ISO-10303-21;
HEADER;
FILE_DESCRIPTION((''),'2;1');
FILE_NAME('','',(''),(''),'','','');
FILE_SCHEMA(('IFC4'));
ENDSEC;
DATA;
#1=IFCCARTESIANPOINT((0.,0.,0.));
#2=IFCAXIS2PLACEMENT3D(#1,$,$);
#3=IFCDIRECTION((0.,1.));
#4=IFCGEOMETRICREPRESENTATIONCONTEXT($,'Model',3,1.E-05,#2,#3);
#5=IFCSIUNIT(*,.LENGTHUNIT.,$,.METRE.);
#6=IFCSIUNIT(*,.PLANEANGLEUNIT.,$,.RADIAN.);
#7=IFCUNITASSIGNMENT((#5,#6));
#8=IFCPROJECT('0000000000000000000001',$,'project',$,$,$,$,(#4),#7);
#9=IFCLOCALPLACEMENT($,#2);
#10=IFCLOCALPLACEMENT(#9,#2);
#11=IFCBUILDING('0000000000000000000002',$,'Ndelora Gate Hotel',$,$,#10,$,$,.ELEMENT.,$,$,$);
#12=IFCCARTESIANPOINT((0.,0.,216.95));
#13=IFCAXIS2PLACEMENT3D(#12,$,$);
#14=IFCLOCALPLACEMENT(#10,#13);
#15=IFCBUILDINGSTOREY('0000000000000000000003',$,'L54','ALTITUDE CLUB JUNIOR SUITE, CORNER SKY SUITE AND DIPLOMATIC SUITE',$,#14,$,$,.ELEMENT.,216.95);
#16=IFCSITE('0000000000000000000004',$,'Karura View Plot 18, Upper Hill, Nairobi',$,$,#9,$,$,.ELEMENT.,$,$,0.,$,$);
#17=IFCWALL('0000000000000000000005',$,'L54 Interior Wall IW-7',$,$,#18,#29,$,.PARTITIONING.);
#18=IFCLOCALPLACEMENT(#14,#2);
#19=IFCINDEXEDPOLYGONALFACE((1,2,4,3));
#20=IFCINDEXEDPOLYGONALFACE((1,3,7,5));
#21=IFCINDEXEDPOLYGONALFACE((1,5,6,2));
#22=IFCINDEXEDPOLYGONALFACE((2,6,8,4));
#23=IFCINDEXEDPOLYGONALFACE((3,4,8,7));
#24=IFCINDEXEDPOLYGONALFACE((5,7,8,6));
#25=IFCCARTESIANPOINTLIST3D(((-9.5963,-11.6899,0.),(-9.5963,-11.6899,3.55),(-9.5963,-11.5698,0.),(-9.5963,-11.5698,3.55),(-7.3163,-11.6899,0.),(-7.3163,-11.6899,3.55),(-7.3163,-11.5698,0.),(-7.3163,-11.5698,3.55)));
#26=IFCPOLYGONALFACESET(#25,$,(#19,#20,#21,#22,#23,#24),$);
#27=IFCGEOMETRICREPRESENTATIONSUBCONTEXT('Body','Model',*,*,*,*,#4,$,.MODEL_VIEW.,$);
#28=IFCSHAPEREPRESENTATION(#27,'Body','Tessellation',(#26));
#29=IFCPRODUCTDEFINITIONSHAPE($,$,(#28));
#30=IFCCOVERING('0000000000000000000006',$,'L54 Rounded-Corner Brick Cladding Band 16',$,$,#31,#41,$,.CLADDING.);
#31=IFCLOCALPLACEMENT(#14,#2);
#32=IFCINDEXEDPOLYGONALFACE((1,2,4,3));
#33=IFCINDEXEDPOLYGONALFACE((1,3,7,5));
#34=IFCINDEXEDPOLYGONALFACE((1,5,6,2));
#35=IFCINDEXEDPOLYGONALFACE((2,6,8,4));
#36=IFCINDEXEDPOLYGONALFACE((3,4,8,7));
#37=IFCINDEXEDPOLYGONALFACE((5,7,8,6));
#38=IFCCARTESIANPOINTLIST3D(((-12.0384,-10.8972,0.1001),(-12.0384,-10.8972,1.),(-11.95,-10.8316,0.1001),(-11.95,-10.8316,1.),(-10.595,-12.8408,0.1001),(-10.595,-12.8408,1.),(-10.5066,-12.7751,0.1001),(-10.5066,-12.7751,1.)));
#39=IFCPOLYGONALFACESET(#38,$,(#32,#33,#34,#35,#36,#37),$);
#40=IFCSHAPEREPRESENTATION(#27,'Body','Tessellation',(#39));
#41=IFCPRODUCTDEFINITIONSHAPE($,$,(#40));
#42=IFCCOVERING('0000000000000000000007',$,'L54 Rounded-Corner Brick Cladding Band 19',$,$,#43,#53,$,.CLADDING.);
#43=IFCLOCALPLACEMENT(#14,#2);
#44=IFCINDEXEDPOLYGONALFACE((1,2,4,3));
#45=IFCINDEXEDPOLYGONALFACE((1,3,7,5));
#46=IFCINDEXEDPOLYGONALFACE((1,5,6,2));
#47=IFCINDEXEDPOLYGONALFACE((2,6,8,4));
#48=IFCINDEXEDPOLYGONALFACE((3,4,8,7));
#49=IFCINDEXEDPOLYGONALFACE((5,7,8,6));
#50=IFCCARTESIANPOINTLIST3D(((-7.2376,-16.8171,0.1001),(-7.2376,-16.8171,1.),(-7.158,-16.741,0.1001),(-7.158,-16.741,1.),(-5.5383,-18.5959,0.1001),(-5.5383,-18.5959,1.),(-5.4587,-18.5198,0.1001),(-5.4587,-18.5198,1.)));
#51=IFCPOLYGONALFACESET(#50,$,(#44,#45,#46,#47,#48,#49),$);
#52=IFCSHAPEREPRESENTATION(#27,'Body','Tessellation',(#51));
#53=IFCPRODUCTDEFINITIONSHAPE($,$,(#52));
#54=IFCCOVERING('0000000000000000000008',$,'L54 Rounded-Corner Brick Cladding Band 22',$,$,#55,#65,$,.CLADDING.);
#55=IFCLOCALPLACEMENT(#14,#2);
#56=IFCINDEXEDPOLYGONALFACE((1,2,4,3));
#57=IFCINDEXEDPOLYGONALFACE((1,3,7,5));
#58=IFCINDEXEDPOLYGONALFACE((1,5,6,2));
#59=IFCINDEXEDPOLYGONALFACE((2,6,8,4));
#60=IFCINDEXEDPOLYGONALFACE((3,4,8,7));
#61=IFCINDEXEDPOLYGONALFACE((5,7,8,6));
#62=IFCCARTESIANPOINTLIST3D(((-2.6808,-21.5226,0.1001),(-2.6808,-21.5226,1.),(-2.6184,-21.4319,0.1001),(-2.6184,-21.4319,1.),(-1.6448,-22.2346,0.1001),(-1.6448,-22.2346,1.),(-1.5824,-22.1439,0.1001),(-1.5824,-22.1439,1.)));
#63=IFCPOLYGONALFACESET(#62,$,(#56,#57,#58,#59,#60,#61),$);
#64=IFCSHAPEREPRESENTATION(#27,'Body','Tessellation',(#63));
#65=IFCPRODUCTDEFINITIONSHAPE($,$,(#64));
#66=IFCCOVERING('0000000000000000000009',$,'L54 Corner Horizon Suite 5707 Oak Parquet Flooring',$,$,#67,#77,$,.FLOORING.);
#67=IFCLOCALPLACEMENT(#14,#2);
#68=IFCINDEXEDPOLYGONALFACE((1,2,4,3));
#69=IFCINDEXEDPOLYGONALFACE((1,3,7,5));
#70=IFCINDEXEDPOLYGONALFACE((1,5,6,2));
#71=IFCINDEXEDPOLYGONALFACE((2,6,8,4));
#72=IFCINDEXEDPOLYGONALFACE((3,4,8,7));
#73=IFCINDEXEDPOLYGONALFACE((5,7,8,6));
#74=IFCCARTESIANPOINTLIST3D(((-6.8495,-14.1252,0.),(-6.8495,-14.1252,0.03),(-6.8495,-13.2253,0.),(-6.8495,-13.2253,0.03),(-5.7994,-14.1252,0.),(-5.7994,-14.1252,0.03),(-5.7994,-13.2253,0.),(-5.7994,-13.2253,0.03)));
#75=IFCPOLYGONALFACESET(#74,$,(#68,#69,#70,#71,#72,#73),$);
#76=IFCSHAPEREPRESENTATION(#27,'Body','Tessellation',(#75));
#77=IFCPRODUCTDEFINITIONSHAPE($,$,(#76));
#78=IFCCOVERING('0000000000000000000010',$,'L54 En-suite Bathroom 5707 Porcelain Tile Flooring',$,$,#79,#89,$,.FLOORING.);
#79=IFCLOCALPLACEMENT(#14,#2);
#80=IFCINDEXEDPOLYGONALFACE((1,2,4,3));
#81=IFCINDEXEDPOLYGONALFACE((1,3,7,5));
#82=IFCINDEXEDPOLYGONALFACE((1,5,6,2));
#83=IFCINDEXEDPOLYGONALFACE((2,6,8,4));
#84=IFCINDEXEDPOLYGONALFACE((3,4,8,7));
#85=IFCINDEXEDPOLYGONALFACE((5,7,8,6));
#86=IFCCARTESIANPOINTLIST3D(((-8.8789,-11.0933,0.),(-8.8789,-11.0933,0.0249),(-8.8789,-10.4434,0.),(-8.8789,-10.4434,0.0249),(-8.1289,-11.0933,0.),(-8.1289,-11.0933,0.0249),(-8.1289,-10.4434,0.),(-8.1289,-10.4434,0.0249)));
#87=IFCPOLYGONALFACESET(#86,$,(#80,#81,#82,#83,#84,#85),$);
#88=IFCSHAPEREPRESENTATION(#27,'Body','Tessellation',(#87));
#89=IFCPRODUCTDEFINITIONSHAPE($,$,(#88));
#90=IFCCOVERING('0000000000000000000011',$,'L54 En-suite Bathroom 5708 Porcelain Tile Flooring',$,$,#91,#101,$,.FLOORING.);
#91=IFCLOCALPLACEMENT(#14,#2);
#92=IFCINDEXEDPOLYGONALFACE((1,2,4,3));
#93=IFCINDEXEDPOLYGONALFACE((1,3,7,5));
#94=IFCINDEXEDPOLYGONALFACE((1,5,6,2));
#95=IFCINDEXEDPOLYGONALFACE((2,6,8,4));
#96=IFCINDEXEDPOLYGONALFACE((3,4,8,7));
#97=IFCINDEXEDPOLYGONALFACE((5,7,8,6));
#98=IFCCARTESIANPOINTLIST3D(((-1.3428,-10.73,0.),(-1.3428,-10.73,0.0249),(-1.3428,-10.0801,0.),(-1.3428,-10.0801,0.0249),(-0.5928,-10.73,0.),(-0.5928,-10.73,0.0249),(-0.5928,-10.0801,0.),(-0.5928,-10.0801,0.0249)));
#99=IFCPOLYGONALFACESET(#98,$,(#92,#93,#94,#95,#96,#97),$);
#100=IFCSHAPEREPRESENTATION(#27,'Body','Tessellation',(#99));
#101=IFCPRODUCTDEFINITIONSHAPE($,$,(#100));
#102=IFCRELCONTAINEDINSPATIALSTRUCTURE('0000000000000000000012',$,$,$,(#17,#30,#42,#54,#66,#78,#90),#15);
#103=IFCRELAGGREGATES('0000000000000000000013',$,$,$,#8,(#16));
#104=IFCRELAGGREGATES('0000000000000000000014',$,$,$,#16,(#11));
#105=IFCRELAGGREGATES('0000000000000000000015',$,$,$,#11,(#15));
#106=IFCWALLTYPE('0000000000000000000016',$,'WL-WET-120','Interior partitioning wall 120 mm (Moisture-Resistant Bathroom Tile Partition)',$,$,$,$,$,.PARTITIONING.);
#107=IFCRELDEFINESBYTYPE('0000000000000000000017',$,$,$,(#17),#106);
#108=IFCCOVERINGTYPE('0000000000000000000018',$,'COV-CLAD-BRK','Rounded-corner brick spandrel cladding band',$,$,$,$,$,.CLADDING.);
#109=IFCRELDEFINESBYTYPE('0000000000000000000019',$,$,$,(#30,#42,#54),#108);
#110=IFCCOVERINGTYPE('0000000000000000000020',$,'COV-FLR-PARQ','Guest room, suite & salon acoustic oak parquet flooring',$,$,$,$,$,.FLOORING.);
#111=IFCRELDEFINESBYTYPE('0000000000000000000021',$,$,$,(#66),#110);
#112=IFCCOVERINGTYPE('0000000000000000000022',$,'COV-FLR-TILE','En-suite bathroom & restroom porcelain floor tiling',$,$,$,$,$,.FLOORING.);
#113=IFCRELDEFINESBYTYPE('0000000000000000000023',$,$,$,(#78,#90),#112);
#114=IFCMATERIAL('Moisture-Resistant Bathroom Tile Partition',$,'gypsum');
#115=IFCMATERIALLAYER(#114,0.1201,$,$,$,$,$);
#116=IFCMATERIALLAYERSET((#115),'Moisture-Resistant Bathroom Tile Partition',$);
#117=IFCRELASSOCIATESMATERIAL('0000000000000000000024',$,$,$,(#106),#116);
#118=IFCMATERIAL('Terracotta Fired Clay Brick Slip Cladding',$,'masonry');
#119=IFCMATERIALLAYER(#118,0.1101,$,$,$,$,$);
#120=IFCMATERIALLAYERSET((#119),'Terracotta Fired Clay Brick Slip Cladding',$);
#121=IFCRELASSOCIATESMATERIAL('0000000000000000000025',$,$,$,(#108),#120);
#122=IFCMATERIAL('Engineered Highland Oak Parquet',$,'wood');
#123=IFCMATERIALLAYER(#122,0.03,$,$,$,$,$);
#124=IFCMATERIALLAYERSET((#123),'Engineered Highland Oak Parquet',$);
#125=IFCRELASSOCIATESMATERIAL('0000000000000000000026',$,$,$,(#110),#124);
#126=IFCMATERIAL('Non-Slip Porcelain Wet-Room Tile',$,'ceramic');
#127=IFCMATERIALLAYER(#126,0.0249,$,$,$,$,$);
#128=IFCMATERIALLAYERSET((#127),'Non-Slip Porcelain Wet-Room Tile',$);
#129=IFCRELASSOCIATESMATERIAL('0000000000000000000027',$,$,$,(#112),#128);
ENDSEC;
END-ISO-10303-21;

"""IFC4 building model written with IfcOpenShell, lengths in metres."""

from ifc_helpers import new_model, si_unit, direction, frame, frame_2d, origin, origin_2d, place, context, subcontext, project, spatial, rectangle, extrude, material, layer, layer_set, type_object, element, save


model = new_model("IFC4")

# Units and contexts
model_context = context("Model", 3, precision=1e-05, world=origin(), true_north=direction((0.0, 1.0)))
body_context = subcontext(model_context, "Body", "Model", "MODEL_VIEW")
ifc_project = project(units=[si_unit("LENGTHUNIT", "METRE"), si_unit("PLANEANGLEUNIT", "RADIAN")], contexts=[model_context])

# Site, building, storey
site_placement = place(None, origin())
site = spatial("IfcSite", under=ifc_project, at=site_placement, Name="Karura View Plot 18, Upper Hill, Nairobi", CompositionType="ELEMENT", RefElevation=0.0)
building_placement = place(site_placement, origin())
building = spatial("IfcBuilding", under=site, at=building_placement, Name="Ndelora Gate Hotel", CompositionType="ELEMENT")
storey_placement = place(building_placement, frame((0.0, 0.0, 216.95)))
storey = spatial("IfcBuildingStorey", under=building, at=storey_placement, Name="L54", Description="ALTITUDE CLUB JUNIOR SUITE, CORNER SKY SUITE AND DIPLOMATIC SUITE", CompositionType="ELEMENT", Elevation=216.95)

# Wall
ifc_material_1 = material(Name="Moisture-Resistant Bathroom Tile Partition", Category="gypsum")
ifc_layer_1 = layer(ifc_material_1, 0.1201)
ifc_layer_set_1 = layer_set([ifc_layer_1], Name="Moisture-Resistant Bathroom Tile Partition")
wall_type_1 = type_object("IfcWallType", Name="WL-WET-120", Description="Interior partitioning wall 120 mm (Moisture-Resistant Bathroom Tile Partition)", PredefinedType="PARTITIONING", material=ifc_layer_set_1)
wall_1_placement = place(storey_placement, frame((-7.3162, -11.6299, 0.0), z_axis=(0.0, 0.0, 1.0), x_axis=(-1.0, 0.0, 0.0)))
element("IfcWall", 1, at=wall_1_placement, inside=storey, type_object=wall_type_1, Name="L54 Interior Wall IW-7", PredefinedType="PARTITIONING", context=body_context, shape_type="SweptSolid", body=[
    extrude(rectangle(XDim=2.28, YDim=0.1201, at=frame_2d((1.1401, 0.0))), origin(), (0.0, 0.0, 1.0), 3.55),
])

# Coverings
ifc_material_2 = material(Name="Terracotta Fired Clay Brick Slip Cladding", Category="masonry")
ifc_layer_2 = layer(ifc_material_2, 0.1101)
ifc_layer_set_2 = layer_set([ifc_layer_2], Name="Terracotta Fired Clay Brick Slip Cladding")
covering_type_1 = type_object("IfcCoveringType", Name="COV-CLAD-BRK", Description="Rounded-corner brick spandrel cladding band", PredefinedType="CLADDING", material=ifc_layer_set_2)
covering_1_placement = place(storey_placement, frame((-11.2725, -11.8362, 0.1001), z_axis=(0.0, 0.0, 1.0), x_axis=(-0.596225, 0.802817, 0.0)))
element("IfcCovering", 2, at=covering_1_placement, inside=storey, type_object=covering_type_1, Name="L54 Rounded-Corner Brick Cladding Band 16", PredefinedType="CLADDING", context=body_context, shape_type="SweptSolid", body=[
    extrude(rectangle(XDim=2.4209, YDim=0.1101, at=origin_2d()), origin(), (0.0, 0.0, 1.0), 0.8999),
])
covering_2_placement = place(storey_placement, frame((-6.3481, -17.6685, 0.1001), z_axis=(0.0, 0.0, 1.0), x_axis=(-0.690756, 0.723088, 0.0)))
element("IfcCovering", 3, at=covering_2_placement, inside=storey, type_object=covering_type_1, Name="L54 Rounded-Corner Brick Cladding Band 19", PredefinedType="CLADDING", context=body_context, shape_type="SweptSolid", body=[
    extrude(rectangle(XDim=2.46, YDim=0.1101, at=origin_2d()), origin(), (0.0, 0.0, 1.0), 0.8999),
])
covering_3_placement = place(storey_placement, frame((-2.1316, -21.8333, 0.1001), z_axis=(0.0, 0.0, 1.0), x_axis=(-0.824126, 0.566406, 0.0)))
element("IfcCovering", 4, at=covering_3_placement, inside=storey, type_object=covering_type_1, Name="L54 Rounded-Corner Brick Cladding Band 22", PredefinedType="CLADDING", context=body_context, shape_type="SweptSolid", body=[
    extrude(rectangle(XDim=1.2571, YDim=0.1101, at=origin_2d()), origin(), (0.0, 0.0, 1.0), 0.8999),
])
ifc_material_3 = material(Name="Engineered Highland Oak Parquet", Category="wood")
ifc_layer_3 = layer(ifc_material_3, 0.03)
ifc_layer_set_3 = layer_set([ifc_layer_3], Name="Engineered Highland Oak Parquet")
covering_type_2 = type_object("IfcCoveringType", Name="COV-FLR-PARQ", Description="Guest room, suite & salon acoustic oak parquet flooring", PredefinedType="FLOORING", material=ifc_layer_set_3)
covering_4_placement = place(storey_placement, frame((-6.3245, -13.6753, 0.0), z_axis=(0.0, 0.0, 1.0), x_axis=(1.0, 0.0, 0.0)))
element("IfcCovering", 5, at=covering_4_placement, inside=storey, type_object=covering_type_2, Name="L54 Corner Horizon Suite 5707 Oak Parquet Flooring", PredefinedType="FLOORING", context=body_context, shape_type="SweptSolid", body=[
    extrude(rectangle(XDim=1.05, YDim=0.8999, at=origin_2d()), origin(), (0.0, 0.0, 1.0), 0.03),
])
ifc_material_4 = material(Name="Non-Slip Porcelain Wet-Room Tile", Category="ceramic")
ifc_layer_4 = layer(ifc_material_4, 0.0249)
ifc_layer_set_4 = layer_set([ifc_layer_4], Name="Non-Slip Porcelain Wet-Room Tile")
covering_type_3 = type_object("IfcCoveringType", Name="COV-FLR-TILE", Description="En-suite bathroom & restroom porcelain floor tiling", PredefinedType="FLOORING", material=ifc_layer_set_4)
for number, where, z_axis, x_axis, name in (
    (6, (-8.5039, -10.7683, 0.0), (0.0, 0.0, 1.0), (1.0, 0.0, 0.0), "L54 En-suite Bathroom 5707 Porcelain Tile Flooring"),
    (7, (-0.9678, -10.405, 0.0), (0.0, 0.0, 1.0), (1.0, 0.0, 0.0), "L54 En-suite Bathroom 5708 Porcelain Tile Flooring"),
):
    element("IfcCovering", number, at=place(storey_placement, frame(where, z_axis=z_axis, x_axis=x_axis)), inside=storey, type_object=covering_type_3, Name=name, PredefinedType="FLOORING", context=body_context, shape_type="SweptSolid", body=[
        extrude(rectangle(XDim=0.75, YDim=0.6499, at=origin_2d()), origin(), (0.0, 0.0, 1.0), 0.0249),
    ])

save(model, "model.ifc")
